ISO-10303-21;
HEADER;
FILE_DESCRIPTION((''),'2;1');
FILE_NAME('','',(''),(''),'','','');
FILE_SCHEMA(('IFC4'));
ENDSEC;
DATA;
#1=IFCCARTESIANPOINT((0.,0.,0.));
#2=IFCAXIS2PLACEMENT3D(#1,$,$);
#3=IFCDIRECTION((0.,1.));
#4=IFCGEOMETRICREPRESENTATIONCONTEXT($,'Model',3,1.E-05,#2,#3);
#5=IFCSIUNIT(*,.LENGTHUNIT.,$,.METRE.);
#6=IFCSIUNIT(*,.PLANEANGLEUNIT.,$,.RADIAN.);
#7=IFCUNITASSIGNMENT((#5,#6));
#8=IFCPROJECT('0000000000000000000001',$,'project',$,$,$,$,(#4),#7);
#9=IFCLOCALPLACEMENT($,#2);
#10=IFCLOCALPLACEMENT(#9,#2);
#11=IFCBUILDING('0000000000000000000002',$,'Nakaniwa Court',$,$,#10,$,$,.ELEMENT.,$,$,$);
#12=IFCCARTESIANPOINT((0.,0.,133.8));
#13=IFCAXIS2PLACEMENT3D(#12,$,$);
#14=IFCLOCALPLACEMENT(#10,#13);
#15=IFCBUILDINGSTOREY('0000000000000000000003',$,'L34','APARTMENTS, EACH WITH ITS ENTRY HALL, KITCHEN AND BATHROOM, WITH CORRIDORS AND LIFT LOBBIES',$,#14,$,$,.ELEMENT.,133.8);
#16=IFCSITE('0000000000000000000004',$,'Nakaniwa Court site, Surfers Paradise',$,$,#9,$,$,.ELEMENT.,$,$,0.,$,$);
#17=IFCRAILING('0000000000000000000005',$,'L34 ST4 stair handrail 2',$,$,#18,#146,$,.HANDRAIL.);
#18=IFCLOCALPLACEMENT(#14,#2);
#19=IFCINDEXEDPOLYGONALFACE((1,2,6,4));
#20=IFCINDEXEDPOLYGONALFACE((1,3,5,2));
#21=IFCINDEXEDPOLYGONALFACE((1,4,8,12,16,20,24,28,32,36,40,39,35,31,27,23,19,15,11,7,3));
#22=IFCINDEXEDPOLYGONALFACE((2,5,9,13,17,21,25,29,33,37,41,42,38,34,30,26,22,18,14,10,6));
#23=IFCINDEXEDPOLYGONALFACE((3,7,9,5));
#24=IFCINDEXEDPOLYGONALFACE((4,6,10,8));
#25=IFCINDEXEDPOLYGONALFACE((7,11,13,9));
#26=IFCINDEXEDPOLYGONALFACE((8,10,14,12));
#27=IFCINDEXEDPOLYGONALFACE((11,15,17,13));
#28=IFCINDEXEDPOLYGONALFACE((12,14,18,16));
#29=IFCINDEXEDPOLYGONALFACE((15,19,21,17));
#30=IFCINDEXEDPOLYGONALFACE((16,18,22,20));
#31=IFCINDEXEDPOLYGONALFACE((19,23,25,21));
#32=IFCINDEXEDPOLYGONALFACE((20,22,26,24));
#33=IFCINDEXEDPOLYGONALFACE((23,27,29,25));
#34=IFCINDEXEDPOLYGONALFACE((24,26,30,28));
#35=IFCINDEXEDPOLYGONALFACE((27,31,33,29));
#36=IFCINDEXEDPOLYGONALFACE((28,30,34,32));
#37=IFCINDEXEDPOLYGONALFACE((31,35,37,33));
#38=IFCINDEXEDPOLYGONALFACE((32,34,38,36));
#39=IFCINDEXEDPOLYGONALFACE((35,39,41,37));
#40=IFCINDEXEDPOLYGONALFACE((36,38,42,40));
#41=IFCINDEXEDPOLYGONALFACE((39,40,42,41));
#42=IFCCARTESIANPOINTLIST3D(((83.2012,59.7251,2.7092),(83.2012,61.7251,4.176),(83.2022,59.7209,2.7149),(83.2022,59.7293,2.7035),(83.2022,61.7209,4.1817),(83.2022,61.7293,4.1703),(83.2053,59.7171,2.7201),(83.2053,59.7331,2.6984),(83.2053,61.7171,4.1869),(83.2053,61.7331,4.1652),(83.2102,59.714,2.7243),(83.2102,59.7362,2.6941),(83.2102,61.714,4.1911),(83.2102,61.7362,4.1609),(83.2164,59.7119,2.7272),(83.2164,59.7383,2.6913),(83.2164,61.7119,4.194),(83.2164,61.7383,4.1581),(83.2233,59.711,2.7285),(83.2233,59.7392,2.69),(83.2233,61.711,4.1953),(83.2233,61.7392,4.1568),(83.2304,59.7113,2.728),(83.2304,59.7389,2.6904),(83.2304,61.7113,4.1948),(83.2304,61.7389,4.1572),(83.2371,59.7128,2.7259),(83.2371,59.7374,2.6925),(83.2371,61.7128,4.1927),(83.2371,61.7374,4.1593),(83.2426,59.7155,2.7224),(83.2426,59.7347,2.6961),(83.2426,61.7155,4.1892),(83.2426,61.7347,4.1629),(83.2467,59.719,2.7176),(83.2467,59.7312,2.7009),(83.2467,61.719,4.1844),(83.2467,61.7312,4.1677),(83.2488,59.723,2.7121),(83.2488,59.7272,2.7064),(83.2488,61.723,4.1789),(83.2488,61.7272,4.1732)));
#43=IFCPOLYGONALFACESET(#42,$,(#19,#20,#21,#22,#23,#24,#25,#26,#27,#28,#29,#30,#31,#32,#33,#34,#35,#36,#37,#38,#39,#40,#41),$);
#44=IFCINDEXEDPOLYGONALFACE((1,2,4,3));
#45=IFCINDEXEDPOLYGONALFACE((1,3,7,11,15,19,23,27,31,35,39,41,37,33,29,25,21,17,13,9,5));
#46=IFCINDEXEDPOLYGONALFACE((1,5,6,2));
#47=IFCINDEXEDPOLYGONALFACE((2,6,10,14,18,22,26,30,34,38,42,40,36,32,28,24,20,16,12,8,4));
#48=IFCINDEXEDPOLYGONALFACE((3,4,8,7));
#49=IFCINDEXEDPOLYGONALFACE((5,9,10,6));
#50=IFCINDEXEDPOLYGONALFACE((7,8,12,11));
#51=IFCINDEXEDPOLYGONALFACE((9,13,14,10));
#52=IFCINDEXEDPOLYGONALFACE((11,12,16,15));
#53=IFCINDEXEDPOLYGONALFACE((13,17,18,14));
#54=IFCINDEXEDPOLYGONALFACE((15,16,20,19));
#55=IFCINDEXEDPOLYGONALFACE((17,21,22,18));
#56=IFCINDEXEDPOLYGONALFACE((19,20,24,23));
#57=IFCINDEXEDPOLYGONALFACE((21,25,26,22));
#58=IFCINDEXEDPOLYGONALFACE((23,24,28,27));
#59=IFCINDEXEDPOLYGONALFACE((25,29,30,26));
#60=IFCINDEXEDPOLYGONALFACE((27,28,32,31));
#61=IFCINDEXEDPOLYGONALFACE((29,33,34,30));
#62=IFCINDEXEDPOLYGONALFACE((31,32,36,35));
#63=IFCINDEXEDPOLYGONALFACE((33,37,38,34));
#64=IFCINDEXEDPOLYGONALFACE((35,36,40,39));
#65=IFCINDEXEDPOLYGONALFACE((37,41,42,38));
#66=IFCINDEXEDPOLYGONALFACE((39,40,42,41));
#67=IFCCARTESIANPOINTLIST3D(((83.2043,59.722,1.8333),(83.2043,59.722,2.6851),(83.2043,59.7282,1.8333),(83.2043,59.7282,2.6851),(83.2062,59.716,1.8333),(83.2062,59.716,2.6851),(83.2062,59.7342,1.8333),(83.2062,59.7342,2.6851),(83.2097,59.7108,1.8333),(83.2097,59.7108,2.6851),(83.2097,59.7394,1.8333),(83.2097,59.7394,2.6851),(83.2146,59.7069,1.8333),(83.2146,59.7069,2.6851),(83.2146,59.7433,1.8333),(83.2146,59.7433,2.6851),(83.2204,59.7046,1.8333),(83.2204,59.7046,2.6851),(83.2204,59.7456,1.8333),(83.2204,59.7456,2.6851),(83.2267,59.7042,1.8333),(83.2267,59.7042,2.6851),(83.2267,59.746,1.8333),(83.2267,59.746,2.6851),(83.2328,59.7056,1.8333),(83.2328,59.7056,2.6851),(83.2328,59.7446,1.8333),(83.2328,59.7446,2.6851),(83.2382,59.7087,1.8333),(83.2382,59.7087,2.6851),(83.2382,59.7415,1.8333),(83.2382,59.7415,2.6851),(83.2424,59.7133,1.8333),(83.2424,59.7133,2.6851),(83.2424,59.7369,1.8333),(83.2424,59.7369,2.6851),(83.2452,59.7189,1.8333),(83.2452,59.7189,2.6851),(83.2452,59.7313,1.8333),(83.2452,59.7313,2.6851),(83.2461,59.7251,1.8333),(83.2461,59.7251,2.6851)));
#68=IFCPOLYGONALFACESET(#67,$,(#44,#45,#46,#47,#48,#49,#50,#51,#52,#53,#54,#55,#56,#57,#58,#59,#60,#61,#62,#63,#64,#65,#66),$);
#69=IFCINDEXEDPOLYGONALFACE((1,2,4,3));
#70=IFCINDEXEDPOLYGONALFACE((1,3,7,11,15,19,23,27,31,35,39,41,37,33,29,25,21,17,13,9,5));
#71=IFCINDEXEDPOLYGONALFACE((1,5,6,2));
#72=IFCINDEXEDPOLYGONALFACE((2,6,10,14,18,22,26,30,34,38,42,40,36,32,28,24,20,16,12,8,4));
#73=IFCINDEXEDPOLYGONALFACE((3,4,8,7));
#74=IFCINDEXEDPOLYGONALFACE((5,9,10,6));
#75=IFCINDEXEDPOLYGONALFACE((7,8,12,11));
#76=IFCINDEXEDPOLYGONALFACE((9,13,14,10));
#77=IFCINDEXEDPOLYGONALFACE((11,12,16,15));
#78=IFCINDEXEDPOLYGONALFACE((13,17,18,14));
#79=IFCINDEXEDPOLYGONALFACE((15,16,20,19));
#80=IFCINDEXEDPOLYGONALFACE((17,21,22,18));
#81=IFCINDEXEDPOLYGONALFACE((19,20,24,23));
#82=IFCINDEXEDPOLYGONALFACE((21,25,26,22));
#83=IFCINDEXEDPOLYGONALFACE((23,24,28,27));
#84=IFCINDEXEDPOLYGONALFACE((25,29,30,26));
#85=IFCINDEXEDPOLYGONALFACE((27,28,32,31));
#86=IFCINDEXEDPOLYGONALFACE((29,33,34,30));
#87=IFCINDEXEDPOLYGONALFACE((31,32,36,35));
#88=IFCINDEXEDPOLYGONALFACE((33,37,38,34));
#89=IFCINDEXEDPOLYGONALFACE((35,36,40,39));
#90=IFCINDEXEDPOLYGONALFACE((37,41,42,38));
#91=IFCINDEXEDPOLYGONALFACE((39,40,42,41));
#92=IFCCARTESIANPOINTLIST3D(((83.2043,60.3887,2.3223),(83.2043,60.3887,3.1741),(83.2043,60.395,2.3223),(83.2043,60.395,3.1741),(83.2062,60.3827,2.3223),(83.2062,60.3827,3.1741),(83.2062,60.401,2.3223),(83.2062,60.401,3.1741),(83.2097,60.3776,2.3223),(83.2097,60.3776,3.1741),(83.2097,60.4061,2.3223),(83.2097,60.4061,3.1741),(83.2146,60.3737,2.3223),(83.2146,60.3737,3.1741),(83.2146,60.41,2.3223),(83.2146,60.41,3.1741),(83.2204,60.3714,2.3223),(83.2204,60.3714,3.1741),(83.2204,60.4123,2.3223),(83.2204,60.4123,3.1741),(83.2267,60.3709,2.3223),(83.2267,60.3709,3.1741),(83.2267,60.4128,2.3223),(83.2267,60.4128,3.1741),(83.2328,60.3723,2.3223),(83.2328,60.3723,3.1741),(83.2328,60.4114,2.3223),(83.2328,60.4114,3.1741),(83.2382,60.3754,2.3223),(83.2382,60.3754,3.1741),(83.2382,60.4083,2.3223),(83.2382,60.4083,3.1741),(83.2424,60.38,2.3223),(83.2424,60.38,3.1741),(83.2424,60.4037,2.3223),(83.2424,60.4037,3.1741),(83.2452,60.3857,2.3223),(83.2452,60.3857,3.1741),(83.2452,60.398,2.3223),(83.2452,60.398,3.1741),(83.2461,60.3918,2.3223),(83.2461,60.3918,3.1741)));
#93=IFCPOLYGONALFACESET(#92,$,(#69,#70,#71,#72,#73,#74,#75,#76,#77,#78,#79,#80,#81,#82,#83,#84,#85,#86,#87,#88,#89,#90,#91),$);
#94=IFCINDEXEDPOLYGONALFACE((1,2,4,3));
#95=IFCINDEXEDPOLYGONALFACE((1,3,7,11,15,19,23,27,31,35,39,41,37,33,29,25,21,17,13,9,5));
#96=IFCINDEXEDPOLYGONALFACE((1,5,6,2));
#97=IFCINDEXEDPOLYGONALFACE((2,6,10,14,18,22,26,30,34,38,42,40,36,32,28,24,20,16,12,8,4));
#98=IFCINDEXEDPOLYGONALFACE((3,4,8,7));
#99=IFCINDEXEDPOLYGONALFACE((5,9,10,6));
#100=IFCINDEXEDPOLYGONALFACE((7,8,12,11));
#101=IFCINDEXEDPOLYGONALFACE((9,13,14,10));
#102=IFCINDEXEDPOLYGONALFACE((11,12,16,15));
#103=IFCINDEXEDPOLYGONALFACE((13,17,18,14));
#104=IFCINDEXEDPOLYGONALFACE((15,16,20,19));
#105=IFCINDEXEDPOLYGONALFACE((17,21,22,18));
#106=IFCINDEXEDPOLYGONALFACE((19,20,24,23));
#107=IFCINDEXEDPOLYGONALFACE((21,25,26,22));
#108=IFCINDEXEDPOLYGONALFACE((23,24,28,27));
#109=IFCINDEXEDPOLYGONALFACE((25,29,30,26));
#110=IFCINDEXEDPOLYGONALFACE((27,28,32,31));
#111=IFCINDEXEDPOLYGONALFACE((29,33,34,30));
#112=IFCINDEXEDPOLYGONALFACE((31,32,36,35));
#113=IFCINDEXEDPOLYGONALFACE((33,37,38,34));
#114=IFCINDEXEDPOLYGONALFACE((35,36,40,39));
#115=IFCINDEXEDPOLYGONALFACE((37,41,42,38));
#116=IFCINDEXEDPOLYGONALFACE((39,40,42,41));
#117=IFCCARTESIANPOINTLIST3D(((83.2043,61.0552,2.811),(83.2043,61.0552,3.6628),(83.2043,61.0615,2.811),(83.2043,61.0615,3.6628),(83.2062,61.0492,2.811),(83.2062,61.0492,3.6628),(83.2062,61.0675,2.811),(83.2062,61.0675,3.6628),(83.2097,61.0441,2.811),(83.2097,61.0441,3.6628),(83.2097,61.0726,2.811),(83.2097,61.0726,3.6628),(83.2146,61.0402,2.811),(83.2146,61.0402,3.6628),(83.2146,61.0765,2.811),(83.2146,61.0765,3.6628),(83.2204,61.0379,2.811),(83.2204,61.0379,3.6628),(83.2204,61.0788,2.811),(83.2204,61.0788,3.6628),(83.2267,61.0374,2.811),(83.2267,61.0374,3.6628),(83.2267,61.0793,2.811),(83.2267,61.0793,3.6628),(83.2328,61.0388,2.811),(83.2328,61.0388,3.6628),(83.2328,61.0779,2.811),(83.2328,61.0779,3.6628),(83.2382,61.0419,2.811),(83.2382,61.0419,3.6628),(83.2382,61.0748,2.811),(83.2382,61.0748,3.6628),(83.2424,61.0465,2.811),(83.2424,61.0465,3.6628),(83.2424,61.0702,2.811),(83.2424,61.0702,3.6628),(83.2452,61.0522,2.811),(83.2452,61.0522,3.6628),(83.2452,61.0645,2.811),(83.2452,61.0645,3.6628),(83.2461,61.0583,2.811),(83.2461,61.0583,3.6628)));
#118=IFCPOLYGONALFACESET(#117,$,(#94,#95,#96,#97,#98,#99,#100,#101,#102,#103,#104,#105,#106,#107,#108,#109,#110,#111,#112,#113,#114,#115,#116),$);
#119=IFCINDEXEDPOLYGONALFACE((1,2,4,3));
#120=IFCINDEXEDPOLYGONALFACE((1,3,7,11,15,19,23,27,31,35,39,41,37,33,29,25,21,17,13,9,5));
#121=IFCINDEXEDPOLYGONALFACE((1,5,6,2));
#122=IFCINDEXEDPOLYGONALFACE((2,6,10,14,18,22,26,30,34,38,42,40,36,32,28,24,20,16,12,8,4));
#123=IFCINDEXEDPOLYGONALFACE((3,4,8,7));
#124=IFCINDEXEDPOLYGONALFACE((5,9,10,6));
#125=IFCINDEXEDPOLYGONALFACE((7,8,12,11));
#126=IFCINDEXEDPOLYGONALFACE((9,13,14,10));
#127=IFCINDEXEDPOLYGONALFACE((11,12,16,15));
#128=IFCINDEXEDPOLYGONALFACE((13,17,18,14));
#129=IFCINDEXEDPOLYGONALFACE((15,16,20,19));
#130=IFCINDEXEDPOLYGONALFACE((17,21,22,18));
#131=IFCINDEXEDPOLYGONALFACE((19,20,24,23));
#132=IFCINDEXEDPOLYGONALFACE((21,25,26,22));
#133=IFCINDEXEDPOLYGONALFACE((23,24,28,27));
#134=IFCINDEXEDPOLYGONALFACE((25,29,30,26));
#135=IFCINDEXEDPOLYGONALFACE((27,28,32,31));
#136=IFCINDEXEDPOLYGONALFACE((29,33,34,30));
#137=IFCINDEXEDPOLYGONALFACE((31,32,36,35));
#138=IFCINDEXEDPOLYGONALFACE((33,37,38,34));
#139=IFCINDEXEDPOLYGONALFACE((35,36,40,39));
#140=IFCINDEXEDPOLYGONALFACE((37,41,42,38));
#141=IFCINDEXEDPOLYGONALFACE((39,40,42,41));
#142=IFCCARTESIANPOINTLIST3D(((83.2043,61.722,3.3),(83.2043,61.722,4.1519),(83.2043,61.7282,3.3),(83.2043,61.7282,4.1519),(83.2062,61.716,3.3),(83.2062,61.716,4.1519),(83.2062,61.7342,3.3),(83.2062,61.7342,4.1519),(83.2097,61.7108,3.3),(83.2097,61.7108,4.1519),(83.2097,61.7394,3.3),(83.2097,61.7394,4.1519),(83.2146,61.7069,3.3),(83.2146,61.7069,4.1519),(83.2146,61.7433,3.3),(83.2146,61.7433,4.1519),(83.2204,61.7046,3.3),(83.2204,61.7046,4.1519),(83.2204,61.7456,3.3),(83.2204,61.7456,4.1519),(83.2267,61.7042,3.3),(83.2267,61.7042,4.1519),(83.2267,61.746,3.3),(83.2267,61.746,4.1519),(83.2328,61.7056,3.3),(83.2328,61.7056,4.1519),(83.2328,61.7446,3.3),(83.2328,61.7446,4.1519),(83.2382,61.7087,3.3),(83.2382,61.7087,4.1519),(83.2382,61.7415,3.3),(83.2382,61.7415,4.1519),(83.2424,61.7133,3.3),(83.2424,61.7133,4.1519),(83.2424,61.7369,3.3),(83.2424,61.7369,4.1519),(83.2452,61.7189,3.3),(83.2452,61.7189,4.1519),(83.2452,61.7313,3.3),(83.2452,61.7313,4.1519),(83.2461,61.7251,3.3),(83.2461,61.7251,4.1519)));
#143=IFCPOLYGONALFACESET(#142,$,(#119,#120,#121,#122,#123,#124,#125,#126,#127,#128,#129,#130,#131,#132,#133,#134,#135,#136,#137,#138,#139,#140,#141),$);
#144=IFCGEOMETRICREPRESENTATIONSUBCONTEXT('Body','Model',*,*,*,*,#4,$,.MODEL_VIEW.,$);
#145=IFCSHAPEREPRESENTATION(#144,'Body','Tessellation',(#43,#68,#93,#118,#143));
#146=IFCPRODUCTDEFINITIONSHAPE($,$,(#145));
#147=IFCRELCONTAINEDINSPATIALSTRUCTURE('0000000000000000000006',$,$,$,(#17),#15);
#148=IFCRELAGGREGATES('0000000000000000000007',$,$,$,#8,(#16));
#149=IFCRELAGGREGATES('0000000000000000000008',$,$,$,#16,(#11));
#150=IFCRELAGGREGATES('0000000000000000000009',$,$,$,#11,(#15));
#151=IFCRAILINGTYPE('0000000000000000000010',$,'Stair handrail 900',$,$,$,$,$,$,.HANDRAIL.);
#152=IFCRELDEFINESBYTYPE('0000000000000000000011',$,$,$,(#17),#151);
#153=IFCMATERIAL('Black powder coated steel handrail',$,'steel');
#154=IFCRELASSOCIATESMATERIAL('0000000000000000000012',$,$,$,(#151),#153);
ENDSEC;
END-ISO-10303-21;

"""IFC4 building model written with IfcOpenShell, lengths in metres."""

from ifc_helpers import new_model, si_unit, direction, frame, origin, origin_2d, place, context, subcontext, project, spatial, circle, extrude, material, type_object, element, save


model = new_model("IFC4")

# Units and contexts
model_context = context("Model", 3, precision=1e-05, world=origin(), true_north=direction((0.0, 1.0)))
body_context = subcontext(model_context, "Body", "Model", "MODEL_VIEW")
ifc_project = project(units=[si_unit("LENGTHUNIT", "METRE"), si_unit("PLANEANGLEUNIT", "RADIAN")], contexts=[model_context])

# Site, building, storey
site_placement = place(None, origin())
site = spatial("IfcSite", under=ifc_project, at=site_placement, Name="Nakaniwa Court site, Surfers Paradise", CompositionType="ELEMENT", RefElevation=0.0)
building_placement = place(site_placement, origin())
building = spatial("IfcBuilding", under=site, at=building_placement, Name="Nakaniwa Court", CompositionType="ELEMENT")
storey_placement = place(building_placement, frame((0.0, 0.0, 133.8)))
storey = spatial("IfcBuildingStorey", under=building, at=storey_placement, Name="L34", Description="APARTMENTS, EACH WITH ITS ENTRY HALL, KITCHEN AND BATHROOM, WITH CORRIDORS AND LIFT LOBBIES", CompositionType="ELEMENT", Elevation=133.8)

# Railing
ifc_material_1 = material(Name="Black powder coated steel handrail", Category="steel")
railing_type_1 = type_object("IfcRailingType", Name="Stair handrail 900", PredefinedType="HANDRAIL", material=ifc_material_1)
railing_1_placement = place(storey_placement, frame((83.2251, 59.7251, 1.8333)))
element("IfcRailing", 1, at=railing_1_placement, inside=storey, type_object=railing_type_1, Name="L34 ST4 stair handrail 2", PredefinedType="HANDRAIL", context=body_context, shape_type="SweptSolid", body=[
    extrude(circle(Radius=0.0239, at=origin_2d()), frame((0.0, 0.0, 0.876), z_axis=(0.0, 0.80638, 0.591398), x_axis=(-1.0, 0.0, 0.0)), (0.0, 0.0, 1.0), 2.4802),
    extrude(circle(Radius=0.021, at=origin_2d()), origin(), (0.0, 0.0, 1.0), 0.8518),
    extrude(circle(Radius=0.021, at=origin_2d()), frame((0.0, 0.6667, 0.489)), (0.0, 0.0, 1.0), 0.8518),
    extrude(circle(Radius=0.021, at=origin_2d()), frame((0.0, 1.3333, 0.9778)), (0.0, 0.0, 1.0), 0.8518),
    extrude(circle(Radius=0.021, at=origin_2d()), frame((0.0, 2.0, 1.4668)), (0.0, 0.0, 1.0), 0.8518),
])

save(model, "model.ifc")
